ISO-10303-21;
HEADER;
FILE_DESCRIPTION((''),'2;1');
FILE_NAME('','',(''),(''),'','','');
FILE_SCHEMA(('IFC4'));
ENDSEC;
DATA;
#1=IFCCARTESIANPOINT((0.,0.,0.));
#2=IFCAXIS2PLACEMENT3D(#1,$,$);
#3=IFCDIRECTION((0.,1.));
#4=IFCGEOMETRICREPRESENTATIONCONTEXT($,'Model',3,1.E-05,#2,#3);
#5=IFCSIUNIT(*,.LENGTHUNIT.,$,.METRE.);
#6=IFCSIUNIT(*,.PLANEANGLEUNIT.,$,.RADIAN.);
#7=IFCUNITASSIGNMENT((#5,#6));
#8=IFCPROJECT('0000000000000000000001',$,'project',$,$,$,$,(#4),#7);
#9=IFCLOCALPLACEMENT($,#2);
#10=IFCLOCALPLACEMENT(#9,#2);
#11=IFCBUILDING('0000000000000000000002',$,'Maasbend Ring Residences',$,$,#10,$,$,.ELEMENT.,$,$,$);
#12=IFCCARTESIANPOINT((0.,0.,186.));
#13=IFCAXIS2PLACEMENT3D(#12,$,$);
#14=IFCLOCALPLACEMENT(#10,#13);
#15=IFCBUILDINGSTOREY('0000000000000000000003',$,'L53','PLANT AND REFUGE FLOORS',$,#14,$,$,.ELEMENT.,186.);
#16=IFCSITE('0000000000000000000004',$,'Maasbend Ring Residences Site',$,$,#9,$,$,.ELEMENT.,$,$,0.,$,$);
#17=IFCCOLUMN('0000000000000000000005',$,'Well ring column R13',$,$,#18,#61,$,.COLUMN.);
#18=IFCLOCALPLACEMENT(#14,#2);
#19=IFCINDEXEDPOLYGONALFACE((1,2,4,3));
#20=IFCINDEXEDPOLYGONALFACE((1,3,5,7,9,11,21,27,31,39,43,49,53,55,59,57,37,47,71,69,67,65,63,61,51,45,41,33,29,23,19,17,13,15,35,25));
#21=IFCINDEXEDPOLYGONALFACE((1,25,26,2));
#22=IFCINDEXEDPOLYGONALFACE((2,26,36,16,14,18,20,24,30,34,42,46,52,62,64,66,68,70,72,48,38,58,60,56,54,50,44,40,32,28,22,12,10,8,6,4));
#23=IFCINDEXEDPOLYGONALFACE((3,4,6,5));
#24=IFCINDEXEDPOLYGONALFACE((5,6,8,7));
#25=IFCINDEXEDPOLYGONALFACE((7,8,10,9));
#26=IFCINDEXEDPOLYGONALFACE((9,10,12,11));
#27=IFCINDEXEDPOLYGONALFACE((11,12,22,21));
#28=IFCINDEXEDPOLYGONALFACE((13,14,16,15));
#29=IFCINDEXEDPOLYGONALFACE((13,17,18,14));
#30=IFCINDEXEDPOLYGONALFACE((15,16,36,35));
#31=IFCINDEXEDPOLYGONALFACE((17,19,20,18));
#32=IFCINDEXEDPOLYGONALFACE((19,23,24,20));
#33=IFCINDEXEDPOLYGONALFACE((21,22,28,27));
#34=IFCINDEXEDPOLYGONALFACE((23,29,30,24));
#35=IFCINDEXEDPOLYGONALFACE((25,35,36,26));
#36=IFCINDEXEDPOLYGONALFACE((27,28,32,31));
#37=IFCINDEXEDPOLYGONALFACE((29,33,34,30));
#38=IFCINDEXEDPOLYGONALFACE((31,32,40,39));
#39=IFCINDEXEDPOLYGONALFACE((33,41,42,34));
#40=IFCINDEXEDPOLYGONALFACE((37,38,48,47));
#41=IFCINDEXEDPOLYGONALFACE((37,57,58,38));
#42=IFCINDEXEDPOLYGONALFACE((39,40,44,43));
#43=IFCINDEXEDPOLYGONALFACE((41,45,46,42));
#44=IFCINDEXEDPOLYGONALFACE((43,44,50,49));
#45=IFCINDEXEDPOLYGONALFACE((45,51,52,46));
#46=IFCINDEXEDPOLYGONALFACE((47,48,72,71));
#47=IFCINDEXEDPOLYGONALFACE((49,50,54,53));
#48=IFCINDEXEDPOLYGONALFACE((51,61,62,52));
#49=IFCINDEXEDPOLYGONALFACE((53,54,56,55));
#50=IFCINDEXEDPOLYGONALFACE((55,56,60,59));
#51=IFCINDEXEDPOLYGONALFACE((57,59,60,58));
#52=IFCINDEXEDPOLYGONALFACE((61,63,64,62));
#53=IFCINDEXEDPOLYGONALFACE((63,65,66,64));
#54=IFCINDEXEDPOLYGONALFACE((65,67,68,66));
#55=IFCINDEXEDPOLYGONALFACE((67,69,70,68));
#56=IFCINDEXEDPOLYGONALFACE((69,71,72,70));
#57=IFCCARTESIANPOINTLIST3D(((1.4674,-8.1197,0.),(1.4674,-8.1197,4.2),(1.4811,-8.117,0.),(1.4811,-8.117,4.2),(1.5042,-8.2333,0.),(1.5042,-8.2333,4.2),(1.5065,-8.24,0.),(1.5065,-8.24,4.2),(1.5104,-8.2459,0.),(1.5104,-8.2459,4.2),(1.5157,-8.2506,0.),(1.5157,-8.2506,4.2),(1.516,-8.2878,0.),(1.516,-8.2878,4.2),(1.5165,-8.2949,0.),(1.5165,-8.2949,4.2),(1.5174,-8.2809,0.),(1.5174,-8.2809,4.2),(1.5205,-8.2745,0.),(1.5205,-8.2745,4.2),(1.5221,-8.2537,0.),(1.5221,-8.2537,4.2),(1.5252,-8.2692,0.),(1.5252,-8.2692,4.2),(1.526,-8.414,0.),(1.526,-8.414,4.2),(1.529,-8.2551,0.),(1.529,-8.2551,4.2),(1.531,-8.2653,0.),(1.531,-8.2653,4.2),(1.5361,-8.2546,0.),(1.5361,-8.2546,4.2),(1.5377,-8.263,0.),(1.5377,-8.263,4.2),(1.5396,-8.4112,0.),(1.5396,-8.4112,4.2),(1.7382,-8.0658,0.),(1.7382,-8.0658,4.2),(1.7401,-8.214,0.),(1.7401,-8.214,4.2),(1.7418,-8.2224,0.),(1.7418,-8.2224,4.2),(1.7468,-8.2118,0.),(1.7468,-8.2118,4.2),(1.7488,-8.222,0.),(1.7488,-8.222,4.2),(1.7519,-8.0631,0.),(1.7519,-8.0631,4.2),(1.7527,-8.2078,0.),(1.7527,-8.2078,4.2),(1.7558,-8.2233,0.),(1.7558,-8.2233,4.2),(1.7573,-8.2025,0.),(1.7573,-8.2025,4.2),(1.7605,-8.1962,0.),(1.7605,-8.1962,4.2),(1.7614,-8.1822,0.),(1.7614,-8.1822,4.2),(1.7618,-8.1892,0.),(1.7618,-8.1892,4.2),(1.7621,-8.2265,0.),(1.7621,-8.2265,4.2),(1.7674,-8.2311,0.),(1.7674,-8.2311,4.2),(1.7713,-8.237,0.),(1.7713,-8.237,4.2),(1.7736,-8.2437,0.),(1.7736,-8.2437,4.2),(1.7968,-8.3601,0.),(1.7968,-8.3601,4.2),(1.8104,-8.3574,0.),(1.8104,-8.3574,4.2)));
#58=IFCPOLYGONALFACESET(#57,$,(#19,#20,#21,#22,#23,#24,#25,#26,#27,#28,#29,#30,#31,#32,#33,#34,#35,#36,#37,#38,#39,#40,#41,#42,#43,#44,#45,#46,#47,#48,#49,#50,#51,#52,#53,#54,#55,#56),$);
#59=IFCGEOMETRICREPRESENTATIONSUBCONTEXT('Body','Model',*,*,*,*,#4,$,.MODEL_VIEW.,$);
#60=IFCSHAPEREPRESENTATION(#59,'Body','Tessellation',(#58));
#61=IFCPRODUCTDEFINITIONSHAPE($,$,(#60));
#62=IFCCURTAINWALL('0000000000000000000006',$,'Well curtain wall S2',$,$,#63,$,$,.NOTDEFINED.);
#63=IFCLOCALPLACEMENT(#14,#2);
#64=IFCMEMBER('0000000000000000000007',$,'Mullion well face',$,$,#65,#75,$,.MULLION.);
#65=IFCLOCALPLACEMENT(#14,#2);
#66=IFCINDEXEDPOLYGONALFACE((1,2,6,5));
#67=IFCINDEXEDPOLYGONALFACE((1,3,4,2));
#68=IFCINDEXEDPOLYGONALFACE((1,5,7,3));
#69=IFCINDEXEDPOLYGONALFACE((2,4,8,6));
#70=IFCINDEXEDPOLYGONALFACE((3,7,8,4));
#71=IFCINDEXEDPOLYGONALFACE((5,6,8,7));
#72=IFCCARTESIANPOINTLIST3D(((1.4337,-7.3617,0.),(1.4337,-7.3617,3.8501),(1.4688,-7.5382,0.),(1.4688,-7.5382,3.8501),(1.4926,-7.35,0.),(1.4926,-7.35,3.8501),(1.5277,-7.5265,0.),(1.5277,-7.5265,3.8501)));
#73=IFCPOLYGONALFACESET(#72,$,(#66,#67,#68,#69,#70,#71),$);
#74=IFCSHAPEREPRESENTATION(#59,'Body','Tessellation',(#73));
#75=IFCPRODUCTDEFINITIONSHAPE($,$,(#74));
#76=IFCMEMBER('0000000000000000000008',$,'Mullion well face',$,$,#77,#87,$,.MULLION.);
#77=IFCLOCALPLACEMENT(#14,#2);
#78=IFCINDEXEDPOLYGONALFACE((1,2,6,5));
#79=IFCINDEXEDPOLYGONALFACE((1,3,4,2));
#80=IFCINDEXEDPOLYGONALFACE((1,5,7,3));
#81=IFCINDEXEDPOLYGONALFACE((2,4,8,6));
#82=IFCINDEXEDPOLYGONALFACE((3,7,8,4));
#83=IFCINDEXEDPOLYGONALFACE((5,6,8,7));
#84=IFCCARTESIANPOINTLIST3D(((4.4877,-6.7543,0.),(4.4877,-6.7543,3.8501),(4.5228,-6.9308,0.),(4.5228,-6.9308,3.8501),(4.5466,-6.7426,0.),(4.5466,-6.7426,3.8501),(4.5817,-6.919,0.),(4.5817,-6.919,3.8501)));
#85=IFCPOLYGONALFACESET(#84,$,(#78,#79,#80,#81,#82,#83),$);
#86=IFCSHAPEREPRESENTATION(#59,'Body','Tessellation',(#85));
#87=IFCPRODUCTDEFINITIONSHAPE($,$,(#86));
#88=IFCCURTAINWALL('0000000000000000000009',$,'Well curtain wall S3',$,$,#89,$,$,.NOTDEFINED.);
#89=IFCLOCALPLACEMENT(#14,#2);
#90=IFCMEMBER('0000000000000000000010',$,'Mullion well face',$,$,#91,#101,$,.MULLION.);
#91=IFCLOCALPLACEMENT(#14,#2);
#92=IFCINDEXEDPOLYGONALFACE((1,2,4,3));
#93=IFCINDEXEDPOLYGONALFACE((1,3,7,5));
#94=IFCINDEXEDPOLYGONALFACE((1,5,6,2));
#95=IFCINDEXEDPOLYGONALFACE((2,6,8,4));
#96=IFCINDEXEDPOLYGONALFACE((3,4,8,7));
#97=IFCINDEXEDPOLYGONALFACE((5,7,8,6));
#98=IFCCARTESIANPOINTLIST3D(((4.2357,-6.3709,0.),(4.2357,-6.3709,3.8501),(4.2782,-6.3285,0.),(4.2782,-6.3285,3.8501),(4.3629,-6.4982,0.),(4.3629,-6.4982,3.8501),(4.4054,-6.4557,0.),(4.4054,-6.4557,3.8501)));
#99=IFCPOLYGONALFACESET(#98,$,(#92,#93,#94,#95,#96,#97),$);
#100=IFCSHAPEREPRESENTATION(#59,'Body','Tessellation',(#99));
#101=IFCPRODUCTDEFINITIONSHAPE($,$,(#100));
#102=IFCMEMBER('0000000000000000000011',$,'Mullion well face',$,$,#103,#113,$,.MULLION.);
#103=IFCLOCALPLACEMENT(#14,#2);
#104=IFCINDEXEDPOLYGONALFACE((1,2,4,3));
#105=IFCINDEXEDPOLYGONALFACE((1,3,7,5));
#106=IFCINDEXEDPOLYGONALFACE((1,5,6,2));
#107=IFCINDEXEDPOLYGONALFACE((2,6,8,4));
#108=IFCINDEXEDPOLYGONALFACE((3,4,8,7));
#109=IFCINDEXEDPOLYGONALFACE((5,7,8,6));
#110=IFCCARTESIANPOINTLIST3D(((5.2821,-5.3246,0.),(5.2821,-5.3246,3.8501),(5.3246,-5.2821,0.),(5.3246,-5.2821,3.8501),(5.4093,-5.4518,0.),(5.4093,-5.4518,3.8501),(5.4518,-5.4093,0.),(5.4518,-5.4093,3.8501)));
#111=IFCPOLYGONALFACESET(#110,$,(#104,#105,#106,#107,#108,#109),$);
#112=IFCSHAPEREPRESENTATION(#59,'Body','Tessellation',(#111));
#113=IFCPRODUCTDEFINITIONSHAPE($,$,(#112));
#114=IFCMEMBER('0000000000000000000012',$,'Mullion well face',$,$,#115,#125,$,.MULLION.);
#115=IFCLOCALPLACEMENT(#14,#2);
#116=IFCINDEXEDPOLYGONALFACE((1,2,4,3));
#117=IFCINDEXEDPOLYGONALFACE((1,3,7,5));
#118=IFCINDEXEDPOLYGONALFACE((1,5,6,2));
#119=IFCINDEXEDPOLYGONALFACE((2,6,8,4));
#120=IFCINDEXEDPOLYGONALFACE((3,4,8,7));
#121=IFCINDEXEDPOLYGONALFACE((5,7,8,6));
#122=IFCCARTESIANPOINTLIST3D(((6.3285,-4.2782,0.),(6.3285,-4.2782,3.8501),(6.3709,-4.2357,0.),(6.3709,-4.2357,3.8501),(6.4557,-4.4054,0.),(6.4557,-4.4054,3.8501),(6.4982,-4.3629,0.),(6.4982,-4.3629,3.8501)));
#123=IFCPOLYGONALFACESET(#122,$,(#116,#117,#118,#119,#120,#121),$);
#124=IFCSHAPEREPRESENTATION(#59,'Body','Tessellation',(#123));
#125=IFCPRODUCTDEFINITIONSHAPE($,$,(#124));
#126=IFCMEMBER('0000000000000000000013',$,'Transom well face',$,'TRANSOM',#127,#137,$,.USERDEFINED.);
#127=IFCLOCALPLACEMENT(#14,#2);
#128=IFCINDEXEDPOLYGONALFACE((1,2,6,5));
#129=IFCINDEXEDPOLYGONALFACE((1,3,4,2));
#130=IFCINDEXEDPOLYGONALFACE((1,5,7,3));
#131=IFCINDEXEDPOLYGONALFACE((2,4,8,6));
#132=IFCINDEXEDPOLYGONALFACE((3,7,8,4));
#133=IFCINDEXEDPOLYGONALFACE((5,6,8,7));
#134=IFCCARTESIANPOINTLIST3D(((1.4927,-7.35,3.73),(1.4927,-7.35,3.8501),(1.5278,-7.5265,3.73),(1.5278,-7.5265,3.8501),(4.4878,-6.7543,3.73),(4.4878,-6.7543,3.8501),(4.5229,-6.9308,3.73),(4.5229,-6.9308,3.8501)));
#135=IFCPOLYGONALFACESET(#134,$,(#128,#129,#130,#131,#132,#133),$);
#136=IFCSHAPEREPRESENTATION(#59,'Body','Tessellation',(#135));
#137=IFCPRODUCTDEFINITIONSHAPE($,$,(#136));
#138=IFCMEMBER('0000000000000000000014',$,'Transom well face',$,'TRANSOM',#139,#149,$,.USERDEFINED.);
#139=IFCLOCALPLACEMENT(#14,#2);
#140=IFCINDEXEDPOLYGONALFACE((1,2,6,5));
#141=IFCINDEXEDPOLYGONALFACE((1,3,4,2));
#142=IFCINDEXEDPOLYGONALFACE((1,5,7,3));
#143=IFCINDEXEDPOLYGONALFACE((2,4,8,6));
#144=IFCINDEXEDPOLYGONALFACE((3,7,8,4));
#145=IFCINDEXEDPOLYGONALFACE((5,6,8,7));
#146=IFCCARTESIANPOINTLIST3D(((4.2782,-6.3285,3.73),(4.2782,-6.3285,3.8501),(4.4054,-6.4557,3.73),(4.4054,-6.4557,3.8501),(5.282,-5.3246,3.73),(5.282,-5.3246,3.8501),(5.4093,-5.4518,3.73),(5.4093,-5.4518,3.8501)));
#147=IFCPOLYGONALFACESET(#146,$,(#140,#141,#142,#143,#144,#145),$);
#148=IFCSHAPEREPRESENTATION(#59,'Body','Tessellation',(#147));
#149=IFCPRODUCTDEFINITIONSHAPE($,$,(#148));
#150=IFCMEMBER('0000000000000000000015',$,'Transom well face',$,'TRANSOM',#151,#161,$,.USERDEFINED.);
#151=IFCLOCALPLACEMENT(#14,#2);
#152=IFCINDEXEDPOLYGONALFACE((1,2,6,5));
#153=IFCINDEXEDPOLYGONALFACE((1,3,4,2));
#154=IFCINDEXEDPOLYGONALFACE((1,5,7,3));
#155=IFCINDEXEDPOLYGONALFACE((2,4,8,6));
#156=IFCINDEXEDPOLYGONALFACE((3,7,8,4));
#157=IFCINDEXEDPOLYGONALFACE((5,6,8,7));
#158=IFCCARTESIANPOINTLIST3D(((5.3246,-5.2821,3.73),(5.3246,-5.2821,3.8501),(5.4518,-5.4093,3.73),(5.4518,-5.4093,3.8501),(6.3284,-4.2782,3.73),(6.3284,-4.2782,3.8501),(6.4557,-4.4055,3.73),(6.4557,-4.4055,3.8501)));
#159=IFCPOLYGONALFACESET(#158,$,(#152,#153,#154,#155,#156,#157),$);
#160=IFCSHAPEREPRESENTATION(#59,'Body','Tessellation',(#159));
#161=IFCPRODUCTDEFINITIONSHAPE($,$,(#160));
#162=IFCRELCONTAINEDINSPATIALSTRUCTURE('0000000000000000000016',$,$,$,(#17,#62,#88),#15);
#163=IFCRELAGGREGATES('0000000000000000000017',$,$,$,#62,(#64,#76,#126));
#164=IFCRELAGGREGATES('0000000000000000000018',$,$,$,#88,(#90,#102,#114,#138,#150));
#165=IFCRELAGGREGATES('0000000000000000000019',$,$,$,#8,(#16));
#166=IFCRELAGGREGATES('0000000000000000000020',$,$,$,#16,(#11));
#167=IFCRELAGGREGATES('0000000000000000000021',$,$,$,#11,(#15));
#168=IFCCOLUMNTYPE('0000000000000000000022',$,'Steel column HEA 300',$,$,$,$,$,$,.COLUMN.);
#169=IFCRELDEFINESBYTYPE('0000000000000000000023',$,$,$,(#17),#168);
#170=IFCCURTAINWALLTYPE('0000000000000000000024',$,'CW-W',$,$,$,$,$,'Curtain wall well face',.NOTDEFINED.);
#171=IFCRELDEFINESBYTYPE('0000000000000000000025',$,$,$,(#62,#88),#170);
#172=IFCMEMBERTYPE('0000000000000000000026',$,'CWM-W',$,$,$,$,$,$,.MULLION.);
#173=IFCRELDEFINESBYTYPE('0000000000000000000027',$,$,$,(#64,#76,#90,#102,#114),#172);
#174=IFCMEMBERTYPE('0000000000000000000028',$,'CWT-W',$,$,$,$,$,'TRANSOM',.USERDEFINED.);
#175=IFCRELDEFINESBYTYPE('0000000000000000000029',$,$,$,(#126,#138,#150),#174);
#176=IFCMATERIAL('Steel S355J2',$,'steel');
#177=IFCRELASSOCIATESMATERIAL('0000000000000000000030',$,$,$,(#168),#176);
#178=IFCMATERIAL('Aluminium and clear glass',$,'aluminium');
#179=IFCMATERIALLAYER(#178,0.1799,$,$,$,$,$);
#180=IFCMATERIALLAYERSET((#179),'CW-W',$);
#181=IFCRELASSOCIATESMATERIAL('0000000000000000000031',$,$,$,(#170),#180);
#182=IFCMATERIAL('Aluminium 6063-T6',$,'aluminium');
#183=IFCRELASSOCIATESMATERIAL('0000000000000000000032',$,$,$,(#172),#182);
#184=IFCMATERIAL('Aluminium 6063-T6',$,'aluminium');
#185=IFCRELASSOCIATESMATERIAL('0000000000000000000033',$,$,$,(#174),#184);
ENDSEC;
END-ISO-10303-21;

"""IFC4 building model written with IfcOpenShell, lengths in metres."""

from ifc_helpers import new_model, si_unit, direction, frame, origin, origin_2d, place, context, subcontext, project, spatial, rectangle, i_section, extrude, material, layer, layer_set, material_profile, profile_set, type_object, element, aggregate, save


model = new_model("IFC4")

# Units and contexts
model_context = context("Model", 3, precision=1e-05, world=origin(), true_north=direction((0.0, 1.0)))
body_context = subcontext(model_context, "Body", "Model", "MODEL_VIEW")
ifc_project = project(units=[si_unit("LENGTHUNIT", "METRE"), si_unit("PLANEANGLEUNIT", "RADIAN")], contexts=[model_context])

# Site, building, storey
site_placement = place(None, origin())
site = spatial("IfcSite", under=ifc_project, at=site_placement, Name="Maasbend Ring Residences Site", CompositionType="ELEMENT", RefElevation=0.0)
building_placement = place(site_placement, origin())
building = spatial("IfcBuilding", under=site, at=building_placement, Name="Maasbend Ring Residences", CompositionType="ELEMENT")
storey_placement = place(building_placement, frame((0.0, 0.0, 186.0)))
storey = spatial("IfcBuildingStorey", under=building, at=storey_placement, Name="L53", Description="PLANT AND REFUGE FLOORS", CompositionType="ELEMENT", Elevation=186.0)

# Column
ifc_material_1 = material(Name="Steel S355J2", Category="steel")
ifc_material_profile_1 = material_profile(ifc_material_1, i_section(OverallWidth=0.3, OverallDepth=0.29, WebThickness=0.0085, FlangeThickness=0.0139, FilletRadius=0.0271, at=origin_2d()), Name="HEA 300")
ifc_profile_set_1 = profile_set([ifc_material_profile_1], Name="Steel S355J2")
column_type = type_object("IfcColumnType", Name="Steel column HEA 300", PredefinedType="COLUMN", material=ifc_profile_set_1)
column_placement = place(storey_placement, frame((1.6389, -8.2385, 0.0), z_axis=(0.0, 0.0, 1.0), x_axis=(0.19509, -0.980785, 0.0)))
element("IfcColumn", 1, at=column_placement, inside=storey, type_object=column_type, Name="Well ring column R13", PredefinedType="COLUMN", context=body_context, shape_type="SweptSolid", body=[
    extrude(i_section(OverallWidth=0.3, OverallDepth=0.29, WebThickness=0.0085, FlangeThickness=0.0139, FilletRadius=0.0271, at=origin_2d()), origin(), (0.0, 0.0, 1.0), 4.2),
])

# Curtain walls, members
ifc_material_2 = material(Name="Aluminium and clear glass", Category="aluminium")
ifc_layer_1 = layer(ifc_material_2, 0.1799)
ifc_layer_set_1 = layer_set([ifc_layer_1], Name="CW-W")
curtain_wall_type = type_object("IfcCurtainWallType", Name="CW-W", ElementType="Curtain wall well face", PredefinedType="NOTDEFINED", material=ifc_layer_set_1)
curtain_wall_1_placement = place(storey_placement, origin())
curtain_wall_1 = element("IfcCurtainWall", 2, at=curtain_wall_1_placement, inside=storey, type_object=curtain_wall_type, Name="Well curtain wall S2", PredefinedType="NOTDEFINED")
ifc_material_3 = material(Name="Aluminium 6063-T6", Category="aluminium")
ifc_material_profile_2 = material_profile(ifc_material_3, rectangle(XDim=0.1799, YDim=0.0601, at=origin_2d()), Name="AL 180x60")
ifc_profile_set_2 = profile_set([ifc_material_profile_2], Name="Aluminium 6063-T6")
member_type_1 = type_object("IfcMemberType", Name="CWM-W", PredefinedType="MULLION", material=ifc_profile_set_2)
member_1_placement = place(storey_placement, frame((1.4807, -7.4441, 0.0), z_axis=(0.0, 0.0, 1.0), x_axis=(-0.19509, 0.980785, 0.0)))
member_1 = element("IfcMember", 3, at=member_1_placement, type_object=member_type_1, Name="Mullion well face", PredefinedType="MULLION", context=body_context, shape_type="SweptSolid", body=[
    extrude(rectangle(XDim=0.1799, YDim=0.0601, at=origin_2d()), origin(), (0.0, 0.0, 1.0), 3.8501),
])
member_2_placement = place(storey_placement, frame((4.5347, -6.8367, 0.0), z_axis=(0.0, 0.0, 1.0), x_axis=(-0.19509, 0.980785, 0.0)))
member_2 = element("IfcMember", 4, at=member_2_placement, type_object=member_type_1, Name="Mullion well face", PredefinedType="MULLION", context=body_context, shape_type="SweptSolid", body=[
    extrude(rectangle(XDim=0.1799, YDim=0.0601, at=origin_2d()), origin(), (0.0, 0.0, 1.0), 3.8501),
])
curtain_wall_2_placement = place(storey_placement, origin())
curtain_wall_2 = element("IfcCurtainWall", 5, at=curtain_wall_2_placement, inside=storey, type_object=curtain_wall_type, Name="Well curtain wall S3", PredefinedType="NOTDEFINED")
member_3_placement = place(storey_placement, frame((4.3206, -6.4133, 0.0), z_axis=(0.0, 0.0, 1.0), x_axis=(-0.707107, 0.707107, 0.0)))
member_3 = element("IfcMember", 6, at=member_3_placement, type_object=member_type_1, Name="Mullion well face", PredefinedType="MULLION", context=body_context, shape_type="SweptSolid", body=[
    extrude(rectangle(XDim=0.1799, YDim=0.0601, at=origin_2d()), origin(), (0.0, 0.0, 1.0), 3.8501),
])
member_4_placement = place(storey_placement, frame((5.3669, -5.3669, 0.0), z_axis=(0.0, 0.0, 1.0), x_axis=(-0.707107, 0.707107, 0.0)))
member_4 = element("IfcMember", 7, at=member_4_placement, type_object=member_type_1, Name="Mullion well face", PredefinedType="MULLION", context=body_context, shape_type="SweptSolid", body=[
    extrude(rectangle(XDim=0.1799, YDim=0.0601, at=origin_2d()), origin(), (0.0, 0.0, 1.0), 3.8501),
])
member_5_placement = place(storey_placement, frame((6.4133, -4.3206, 0.0), z_axis=(0.0, 0.0, 1.0), x_axis=(-0.707107, 0.707107, 0.0)))
member_5 = element("IfcMember", 8, at=member_5_placement, type_object=member_type_1, Name="Mullion well face", PredefinedType="MULLION", context=body_context, shape_type="SweptSolid", body=[
    extrude(rectangle(XDim=0.1799, YDim=0.0601, at=origin_2d()), origin(), (0.0, 0.0, 1.0), 3.8501),
])

# Members
ifc_material_4 = material(Name="Aluminium 6063-T6", Category="aluminium")
ifc_material_profile_3 = material_profile(ifc_material_4, rectangle(XDim=0.1799, YDim=0.1201, at=origin_2d()), Name="AL 180x120")
ifc_profile_set_3 = profile_set([ifc_material_profile_3], Name="Aluminium 6063-T6")
member_type_2 = type_object("IfcMemberType", Name="CWT-W", ElementType="TRANSOM", PredefinedType="USERDEFINED", material=ifc_profile_set_3)
member_6_placement = place(storey_placement, frame((1.5103, -7.4382, 3.79), z_axis=(0.980789, 0.195071, 0.0), x_axis=(-0.195071, 0.980789, 0.0)))
member_6 = element("IfcMember", 9, at=member_6_placement, type_object=member_type_2, Name="Transom well face", ObjectType="TRANSOM", PredefinedType="USERDEFINED", context=body_context, shape_type="SweptSolid", body=[
    extrude(rectangle(XDim=0.1799, YDim=0.1201, at=origin_2d()), origin(), (0.0, 0.0, 1.0), 3.0537),
])
member_7_placement = place(storey_placement, frame((4.3418, -6.3921, 3.79), z_axis=(0.707107, 0.707107, 0.0), x_axis=(-0.707107, 0.707107, 0.0)))
member_7 = element("IfcMember", 10, at=member_7_placement, type_object=member_type_2, Name="Transom well face", ObjectType="TRANSOM", PredefinedType="USERDEFINED", context=body_context, shape_type="SweptSolid", body=[
    extrude(rectangle(XDim=0.1799, YDim=0.1201, at=origin_2d()), origin(), (0.0, 0.0, 1.0), 1.4197),
])
member_8_placement = place(storey_placement, frame((5.3882, -5.3457, 3.79), z_axis=(0.707107, 0.707107, 0.0), x_axis=(-0.707107, 0.707107, 0.0)))
member_8 = element("IfcMember", 11, at=member_8_placement, type_object=member_type_2, Name="Transom well face", ObjectType="TRANSOM", PredefinedType="USERDEFINED", context=body_context, shape_type="SweptSolid", body=[
    extrude(rectangle(XDim=0.1799, YDim=0.1201, at=origin_2d()), origin(), (0.0, 0.0, 1.0), 1.4197),
])

aggregate(curtain_wall_1, [member_1, member_2, member_6])
aggregate(curtain_wall_2, [member_3, member_4, member_5, member_7, member_8])

save(model, "model.ifc")
